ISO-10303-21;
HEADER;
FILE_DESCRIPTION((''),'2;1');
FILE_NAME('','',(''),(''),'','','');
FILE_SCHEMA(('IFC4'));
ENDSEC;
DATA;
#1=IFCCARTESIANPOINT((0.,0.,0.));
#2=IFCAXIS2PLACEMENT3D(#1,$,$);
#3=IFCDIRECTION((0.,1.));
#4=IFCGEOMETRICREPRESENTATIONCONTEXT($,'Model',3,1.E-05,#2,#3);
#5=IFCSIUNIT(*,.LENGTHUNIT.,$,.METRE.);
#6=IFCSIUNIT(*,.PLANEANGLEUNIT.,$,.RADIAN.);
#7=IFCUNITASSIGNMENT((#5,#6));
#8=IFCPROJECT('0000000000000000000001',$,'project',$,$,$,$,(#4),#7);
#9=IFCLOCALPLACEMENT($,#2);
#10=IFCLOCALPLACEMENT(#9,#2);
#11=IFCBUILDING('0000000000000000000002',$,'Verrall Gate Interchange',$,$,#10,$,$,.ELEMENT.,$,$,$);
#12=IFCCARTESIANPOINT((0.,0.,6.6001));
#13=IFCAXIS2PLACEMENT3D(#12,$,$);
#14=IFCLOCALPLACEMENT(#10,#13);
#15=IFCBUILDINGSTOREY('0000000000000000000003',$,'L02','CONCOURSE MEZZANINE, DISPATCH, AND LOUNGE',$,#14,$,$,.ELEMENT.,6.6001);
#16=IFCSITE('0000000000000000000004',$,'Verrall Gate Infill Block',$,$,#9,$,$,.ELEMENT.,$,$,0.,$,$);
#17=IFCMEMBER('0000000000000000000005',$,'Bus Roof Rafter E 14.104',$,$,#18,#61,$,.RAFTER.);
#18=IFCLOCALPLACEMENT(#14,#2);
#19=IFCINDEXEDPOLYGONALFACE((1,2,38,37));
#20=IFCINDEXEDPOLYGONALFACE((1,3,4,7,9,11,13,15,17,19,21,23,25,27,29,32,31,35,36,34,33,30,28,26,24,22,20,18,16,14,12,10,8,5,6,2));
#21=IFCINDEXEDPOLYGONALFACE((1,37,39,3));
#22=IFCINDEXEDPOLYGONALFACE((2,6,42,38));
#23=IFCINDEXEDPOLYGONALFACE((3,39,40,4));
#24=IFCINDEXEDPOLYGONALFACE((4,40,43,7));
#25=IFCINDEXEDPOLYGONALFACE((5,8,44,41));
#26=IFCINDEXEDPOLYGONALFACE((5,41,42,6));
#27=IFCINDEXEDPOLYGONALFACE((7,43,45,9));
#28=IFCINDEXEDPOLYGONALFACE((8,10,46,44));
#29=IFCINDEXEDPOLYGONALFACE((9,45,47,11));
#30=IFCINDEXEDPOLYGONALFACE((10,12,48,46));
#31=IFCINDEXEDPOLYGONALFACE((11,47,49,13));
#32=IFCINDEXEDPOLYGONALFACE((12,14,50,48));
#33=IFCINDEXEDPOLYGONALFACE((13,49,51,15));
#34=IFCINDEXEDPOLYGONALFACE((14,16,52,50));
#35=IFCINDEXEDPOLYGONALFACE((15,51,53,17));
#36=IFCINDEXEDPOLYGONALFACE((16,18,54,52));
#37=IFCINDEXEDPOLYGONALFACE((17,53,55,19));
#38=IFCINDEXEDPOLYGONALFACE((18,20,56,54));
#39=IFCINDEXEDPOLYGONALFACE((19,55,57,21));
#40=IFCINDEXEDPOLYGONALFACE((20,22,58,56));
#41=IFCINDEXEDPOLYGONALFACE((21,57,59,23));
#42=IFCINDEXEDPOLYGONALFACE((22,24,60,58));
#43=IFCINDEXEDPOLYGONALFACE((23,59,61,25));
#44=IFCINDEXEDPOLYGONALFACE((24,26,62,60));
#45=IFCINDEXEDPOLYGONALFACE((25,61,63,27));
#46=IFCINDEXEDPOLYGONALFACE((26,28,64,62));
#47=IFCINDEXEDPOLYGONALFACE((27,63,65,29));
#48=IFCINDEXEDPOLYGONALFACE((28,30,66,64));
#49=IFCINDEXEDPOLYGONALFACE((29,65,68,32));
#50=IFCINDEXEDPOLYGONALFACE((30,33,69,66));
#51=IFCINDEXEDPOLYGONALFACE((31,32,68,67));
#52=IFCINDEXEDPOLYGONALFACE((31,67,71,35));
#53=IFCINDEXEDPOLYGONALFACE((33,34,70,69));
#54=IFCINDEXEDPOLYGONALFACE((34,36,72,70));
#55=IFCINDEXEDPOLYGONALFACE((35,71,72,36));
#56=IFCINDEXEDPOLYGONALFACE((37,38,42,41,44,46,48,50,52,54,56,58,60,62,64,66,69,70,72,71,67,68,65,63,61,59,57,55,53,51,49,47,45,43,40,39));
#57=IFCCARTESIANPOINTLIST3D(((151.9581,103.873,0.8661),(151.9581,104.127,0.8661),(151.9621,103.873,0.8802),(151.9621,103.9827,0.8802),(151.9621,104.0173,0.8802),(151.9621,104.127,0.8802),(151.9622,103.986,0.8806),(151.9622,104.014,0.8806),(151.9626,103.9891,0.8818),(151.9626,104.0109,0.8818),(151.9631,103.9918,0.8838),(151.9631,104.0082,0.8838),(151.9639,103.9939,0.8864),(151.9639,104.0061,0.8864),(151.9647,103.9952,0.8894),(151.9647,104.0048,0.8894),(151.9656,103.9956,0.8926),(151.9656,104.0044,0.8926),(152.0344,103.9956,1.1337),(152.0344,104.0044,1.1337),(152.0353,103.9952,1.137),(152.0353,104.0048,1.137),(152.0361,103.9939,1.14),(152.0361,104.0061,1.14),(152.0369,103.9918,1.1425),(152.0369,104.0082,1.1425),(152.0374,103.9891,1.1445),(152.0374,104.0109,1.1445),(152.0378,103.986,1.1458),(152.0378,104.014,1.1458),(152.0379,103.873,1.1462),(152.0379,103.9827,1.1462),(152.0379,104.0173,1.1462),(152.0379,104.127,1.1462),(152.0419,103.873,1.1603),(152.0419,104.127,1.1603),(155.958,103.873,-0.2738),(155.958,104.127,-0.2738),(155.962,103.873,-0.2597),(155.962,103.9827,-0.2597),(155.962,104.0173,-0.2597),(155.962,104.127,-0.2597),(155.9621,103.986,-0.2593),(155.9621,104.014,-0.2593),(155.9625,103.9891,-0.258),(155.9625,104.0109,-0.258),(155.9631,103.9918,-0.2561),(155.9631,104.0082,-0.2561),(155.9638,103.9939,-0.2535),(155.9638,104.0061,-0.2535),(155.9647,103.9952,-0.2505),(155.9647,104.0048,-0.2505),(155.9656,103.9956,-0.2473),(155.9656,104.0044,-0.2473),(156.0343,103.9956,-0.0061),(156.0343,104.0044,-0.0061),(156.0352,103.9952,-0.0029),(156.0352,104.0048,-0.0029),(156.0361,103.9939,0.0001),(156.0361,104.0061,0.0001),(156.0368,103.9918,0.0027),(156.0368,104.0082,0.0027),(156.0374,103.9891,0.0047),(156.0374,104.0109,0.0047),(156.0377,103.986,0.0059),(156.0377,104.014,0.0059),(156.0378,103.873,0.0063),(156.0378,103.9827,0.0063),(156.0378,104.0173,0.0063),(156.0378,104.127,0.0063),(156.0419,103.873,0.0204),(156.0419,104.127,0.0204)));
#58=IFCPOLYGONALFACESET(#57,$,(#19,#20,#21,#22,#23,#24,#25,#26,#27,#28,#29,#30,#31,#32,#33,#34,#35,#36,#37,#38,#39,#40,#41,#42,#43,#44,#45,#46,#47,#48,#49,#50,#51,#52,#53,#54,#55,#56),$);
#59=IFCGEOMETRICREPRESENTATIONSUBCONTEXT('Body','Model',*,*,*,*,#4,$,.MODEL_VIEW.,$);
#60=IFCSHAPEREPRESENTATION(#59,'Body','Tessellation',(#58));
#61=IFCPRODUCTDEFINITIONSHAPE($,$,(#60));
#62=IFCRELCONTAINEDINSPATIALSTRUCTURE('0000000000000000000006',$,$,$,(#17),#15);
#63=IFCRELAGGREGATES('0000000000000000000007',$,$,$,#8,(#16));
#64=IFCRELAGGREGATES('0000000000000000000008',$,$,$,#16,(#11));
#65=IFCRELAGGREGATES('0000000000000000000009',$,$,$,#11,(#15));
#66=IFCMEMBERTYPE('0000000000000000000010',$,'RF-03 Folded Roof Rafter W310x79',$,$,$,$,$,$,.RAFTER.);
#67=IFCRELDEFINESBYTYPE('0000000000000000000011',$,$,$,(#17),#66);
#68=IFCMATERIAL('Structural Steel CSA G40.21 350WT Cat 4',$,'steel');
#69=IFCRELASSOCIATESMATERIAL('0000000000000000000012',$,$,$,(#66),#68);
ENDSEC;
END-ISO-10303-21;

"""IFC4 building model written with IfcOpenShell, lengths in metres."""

from ifc_helpers import new_model, si_unit, direction, frame, origin, origin_2d, place, context, subcontext, project, spatial, i_section, extrude, material, material_profile, profile_set, type_object, element, save


model = new_model("IFC4")

# Units and contexts
model_context = context("Model", 3, precision=1e-05, world=origin(), true_north=direction((0.0, 1.0)))
body_context = subcontext(model_context, "Body", "Model", "MODEL_VIEW")
ifc_project = project(units=[si_unit("LENGTHUNIT", "METRE"), si_unit("PLANEANGLEUNIT", "RADIAN")], contexts=[model_context])

# Site, building, storey
site_placement = place(None, origin())
site = spatial("IfcSite", under=ifc_project, at=site_placement, Name="Verrall Gate Infill Block", CompositionType="ELEMENT", RefElevation=0.0)
building_placement = place(site_placement, origin())
building = spatial("IfcBuilding", under=site, at=building_placement, Name="Verrall Gate Interchange", CompositionType="ELEMENT")
storey_placement = place(building_placement, frame((0.0, 0.0, 6.6001)))
storey = spatial("IfcBuildingStorey", under=building, at=storey_placement, Name="L02", Description="CONCOURSE MEZZANINE, DISPATCH, AND LOUNGE", CompositionType="ELEMENT", Elevation=6.6001)

# Member
ifc_material_1 = material(Name="Structural Steel CSA G40.21 350WT Cat 4", Category="steel")
ifc_material_profile_1 = material_profile(ifc_material_1, i_section(OverallWidth=0.2539, OverallDepth=0.3059, WebThickness=0.0088, FlangeThickness=0.0146, FilletRadius=0.0129, at=origin_2d()), Name="W310x79")
ifc_profile_set_1 = profile_set([ifc_material_profile_1], Name="Structural Steel CSA G40.21 350WT Cat 4")
member_type_1 = type_object("IfcMemberType", Name="RF-03 Folded Roof Rafter W310x79", PredefinedType="RAFTER", material=ifc_profile_set_1)
for number, where, z_axis, x_axis, name in (
    (1, (152.0, 104.0, 1.0132), (0.961712, 0.0, -0.274062), (0.0, 1.0, 0.0), "Bus Roof Rafter E 14.104"),
):
    element("IfcMember", number, at=place(storey_placement, frame(where, z_axis=z_axis, x_axis=x_axis)), inside=storey, type_object=member_type_1, Name=name, PredefinedType="RAFTER", context=body_context, shape_type="SweptSolid", body=[
        extrude(i_section(OverallWidth=0.2539, OverallDepth=0.3059, WebThickness=0.0088, FlangeThickness=0.0146, FilletRadius=0.0129, at=origin_2d()), origin(), (0.0, 0.0, 1.0), 4.1592),
    ])

save(model, "model.ifc")
